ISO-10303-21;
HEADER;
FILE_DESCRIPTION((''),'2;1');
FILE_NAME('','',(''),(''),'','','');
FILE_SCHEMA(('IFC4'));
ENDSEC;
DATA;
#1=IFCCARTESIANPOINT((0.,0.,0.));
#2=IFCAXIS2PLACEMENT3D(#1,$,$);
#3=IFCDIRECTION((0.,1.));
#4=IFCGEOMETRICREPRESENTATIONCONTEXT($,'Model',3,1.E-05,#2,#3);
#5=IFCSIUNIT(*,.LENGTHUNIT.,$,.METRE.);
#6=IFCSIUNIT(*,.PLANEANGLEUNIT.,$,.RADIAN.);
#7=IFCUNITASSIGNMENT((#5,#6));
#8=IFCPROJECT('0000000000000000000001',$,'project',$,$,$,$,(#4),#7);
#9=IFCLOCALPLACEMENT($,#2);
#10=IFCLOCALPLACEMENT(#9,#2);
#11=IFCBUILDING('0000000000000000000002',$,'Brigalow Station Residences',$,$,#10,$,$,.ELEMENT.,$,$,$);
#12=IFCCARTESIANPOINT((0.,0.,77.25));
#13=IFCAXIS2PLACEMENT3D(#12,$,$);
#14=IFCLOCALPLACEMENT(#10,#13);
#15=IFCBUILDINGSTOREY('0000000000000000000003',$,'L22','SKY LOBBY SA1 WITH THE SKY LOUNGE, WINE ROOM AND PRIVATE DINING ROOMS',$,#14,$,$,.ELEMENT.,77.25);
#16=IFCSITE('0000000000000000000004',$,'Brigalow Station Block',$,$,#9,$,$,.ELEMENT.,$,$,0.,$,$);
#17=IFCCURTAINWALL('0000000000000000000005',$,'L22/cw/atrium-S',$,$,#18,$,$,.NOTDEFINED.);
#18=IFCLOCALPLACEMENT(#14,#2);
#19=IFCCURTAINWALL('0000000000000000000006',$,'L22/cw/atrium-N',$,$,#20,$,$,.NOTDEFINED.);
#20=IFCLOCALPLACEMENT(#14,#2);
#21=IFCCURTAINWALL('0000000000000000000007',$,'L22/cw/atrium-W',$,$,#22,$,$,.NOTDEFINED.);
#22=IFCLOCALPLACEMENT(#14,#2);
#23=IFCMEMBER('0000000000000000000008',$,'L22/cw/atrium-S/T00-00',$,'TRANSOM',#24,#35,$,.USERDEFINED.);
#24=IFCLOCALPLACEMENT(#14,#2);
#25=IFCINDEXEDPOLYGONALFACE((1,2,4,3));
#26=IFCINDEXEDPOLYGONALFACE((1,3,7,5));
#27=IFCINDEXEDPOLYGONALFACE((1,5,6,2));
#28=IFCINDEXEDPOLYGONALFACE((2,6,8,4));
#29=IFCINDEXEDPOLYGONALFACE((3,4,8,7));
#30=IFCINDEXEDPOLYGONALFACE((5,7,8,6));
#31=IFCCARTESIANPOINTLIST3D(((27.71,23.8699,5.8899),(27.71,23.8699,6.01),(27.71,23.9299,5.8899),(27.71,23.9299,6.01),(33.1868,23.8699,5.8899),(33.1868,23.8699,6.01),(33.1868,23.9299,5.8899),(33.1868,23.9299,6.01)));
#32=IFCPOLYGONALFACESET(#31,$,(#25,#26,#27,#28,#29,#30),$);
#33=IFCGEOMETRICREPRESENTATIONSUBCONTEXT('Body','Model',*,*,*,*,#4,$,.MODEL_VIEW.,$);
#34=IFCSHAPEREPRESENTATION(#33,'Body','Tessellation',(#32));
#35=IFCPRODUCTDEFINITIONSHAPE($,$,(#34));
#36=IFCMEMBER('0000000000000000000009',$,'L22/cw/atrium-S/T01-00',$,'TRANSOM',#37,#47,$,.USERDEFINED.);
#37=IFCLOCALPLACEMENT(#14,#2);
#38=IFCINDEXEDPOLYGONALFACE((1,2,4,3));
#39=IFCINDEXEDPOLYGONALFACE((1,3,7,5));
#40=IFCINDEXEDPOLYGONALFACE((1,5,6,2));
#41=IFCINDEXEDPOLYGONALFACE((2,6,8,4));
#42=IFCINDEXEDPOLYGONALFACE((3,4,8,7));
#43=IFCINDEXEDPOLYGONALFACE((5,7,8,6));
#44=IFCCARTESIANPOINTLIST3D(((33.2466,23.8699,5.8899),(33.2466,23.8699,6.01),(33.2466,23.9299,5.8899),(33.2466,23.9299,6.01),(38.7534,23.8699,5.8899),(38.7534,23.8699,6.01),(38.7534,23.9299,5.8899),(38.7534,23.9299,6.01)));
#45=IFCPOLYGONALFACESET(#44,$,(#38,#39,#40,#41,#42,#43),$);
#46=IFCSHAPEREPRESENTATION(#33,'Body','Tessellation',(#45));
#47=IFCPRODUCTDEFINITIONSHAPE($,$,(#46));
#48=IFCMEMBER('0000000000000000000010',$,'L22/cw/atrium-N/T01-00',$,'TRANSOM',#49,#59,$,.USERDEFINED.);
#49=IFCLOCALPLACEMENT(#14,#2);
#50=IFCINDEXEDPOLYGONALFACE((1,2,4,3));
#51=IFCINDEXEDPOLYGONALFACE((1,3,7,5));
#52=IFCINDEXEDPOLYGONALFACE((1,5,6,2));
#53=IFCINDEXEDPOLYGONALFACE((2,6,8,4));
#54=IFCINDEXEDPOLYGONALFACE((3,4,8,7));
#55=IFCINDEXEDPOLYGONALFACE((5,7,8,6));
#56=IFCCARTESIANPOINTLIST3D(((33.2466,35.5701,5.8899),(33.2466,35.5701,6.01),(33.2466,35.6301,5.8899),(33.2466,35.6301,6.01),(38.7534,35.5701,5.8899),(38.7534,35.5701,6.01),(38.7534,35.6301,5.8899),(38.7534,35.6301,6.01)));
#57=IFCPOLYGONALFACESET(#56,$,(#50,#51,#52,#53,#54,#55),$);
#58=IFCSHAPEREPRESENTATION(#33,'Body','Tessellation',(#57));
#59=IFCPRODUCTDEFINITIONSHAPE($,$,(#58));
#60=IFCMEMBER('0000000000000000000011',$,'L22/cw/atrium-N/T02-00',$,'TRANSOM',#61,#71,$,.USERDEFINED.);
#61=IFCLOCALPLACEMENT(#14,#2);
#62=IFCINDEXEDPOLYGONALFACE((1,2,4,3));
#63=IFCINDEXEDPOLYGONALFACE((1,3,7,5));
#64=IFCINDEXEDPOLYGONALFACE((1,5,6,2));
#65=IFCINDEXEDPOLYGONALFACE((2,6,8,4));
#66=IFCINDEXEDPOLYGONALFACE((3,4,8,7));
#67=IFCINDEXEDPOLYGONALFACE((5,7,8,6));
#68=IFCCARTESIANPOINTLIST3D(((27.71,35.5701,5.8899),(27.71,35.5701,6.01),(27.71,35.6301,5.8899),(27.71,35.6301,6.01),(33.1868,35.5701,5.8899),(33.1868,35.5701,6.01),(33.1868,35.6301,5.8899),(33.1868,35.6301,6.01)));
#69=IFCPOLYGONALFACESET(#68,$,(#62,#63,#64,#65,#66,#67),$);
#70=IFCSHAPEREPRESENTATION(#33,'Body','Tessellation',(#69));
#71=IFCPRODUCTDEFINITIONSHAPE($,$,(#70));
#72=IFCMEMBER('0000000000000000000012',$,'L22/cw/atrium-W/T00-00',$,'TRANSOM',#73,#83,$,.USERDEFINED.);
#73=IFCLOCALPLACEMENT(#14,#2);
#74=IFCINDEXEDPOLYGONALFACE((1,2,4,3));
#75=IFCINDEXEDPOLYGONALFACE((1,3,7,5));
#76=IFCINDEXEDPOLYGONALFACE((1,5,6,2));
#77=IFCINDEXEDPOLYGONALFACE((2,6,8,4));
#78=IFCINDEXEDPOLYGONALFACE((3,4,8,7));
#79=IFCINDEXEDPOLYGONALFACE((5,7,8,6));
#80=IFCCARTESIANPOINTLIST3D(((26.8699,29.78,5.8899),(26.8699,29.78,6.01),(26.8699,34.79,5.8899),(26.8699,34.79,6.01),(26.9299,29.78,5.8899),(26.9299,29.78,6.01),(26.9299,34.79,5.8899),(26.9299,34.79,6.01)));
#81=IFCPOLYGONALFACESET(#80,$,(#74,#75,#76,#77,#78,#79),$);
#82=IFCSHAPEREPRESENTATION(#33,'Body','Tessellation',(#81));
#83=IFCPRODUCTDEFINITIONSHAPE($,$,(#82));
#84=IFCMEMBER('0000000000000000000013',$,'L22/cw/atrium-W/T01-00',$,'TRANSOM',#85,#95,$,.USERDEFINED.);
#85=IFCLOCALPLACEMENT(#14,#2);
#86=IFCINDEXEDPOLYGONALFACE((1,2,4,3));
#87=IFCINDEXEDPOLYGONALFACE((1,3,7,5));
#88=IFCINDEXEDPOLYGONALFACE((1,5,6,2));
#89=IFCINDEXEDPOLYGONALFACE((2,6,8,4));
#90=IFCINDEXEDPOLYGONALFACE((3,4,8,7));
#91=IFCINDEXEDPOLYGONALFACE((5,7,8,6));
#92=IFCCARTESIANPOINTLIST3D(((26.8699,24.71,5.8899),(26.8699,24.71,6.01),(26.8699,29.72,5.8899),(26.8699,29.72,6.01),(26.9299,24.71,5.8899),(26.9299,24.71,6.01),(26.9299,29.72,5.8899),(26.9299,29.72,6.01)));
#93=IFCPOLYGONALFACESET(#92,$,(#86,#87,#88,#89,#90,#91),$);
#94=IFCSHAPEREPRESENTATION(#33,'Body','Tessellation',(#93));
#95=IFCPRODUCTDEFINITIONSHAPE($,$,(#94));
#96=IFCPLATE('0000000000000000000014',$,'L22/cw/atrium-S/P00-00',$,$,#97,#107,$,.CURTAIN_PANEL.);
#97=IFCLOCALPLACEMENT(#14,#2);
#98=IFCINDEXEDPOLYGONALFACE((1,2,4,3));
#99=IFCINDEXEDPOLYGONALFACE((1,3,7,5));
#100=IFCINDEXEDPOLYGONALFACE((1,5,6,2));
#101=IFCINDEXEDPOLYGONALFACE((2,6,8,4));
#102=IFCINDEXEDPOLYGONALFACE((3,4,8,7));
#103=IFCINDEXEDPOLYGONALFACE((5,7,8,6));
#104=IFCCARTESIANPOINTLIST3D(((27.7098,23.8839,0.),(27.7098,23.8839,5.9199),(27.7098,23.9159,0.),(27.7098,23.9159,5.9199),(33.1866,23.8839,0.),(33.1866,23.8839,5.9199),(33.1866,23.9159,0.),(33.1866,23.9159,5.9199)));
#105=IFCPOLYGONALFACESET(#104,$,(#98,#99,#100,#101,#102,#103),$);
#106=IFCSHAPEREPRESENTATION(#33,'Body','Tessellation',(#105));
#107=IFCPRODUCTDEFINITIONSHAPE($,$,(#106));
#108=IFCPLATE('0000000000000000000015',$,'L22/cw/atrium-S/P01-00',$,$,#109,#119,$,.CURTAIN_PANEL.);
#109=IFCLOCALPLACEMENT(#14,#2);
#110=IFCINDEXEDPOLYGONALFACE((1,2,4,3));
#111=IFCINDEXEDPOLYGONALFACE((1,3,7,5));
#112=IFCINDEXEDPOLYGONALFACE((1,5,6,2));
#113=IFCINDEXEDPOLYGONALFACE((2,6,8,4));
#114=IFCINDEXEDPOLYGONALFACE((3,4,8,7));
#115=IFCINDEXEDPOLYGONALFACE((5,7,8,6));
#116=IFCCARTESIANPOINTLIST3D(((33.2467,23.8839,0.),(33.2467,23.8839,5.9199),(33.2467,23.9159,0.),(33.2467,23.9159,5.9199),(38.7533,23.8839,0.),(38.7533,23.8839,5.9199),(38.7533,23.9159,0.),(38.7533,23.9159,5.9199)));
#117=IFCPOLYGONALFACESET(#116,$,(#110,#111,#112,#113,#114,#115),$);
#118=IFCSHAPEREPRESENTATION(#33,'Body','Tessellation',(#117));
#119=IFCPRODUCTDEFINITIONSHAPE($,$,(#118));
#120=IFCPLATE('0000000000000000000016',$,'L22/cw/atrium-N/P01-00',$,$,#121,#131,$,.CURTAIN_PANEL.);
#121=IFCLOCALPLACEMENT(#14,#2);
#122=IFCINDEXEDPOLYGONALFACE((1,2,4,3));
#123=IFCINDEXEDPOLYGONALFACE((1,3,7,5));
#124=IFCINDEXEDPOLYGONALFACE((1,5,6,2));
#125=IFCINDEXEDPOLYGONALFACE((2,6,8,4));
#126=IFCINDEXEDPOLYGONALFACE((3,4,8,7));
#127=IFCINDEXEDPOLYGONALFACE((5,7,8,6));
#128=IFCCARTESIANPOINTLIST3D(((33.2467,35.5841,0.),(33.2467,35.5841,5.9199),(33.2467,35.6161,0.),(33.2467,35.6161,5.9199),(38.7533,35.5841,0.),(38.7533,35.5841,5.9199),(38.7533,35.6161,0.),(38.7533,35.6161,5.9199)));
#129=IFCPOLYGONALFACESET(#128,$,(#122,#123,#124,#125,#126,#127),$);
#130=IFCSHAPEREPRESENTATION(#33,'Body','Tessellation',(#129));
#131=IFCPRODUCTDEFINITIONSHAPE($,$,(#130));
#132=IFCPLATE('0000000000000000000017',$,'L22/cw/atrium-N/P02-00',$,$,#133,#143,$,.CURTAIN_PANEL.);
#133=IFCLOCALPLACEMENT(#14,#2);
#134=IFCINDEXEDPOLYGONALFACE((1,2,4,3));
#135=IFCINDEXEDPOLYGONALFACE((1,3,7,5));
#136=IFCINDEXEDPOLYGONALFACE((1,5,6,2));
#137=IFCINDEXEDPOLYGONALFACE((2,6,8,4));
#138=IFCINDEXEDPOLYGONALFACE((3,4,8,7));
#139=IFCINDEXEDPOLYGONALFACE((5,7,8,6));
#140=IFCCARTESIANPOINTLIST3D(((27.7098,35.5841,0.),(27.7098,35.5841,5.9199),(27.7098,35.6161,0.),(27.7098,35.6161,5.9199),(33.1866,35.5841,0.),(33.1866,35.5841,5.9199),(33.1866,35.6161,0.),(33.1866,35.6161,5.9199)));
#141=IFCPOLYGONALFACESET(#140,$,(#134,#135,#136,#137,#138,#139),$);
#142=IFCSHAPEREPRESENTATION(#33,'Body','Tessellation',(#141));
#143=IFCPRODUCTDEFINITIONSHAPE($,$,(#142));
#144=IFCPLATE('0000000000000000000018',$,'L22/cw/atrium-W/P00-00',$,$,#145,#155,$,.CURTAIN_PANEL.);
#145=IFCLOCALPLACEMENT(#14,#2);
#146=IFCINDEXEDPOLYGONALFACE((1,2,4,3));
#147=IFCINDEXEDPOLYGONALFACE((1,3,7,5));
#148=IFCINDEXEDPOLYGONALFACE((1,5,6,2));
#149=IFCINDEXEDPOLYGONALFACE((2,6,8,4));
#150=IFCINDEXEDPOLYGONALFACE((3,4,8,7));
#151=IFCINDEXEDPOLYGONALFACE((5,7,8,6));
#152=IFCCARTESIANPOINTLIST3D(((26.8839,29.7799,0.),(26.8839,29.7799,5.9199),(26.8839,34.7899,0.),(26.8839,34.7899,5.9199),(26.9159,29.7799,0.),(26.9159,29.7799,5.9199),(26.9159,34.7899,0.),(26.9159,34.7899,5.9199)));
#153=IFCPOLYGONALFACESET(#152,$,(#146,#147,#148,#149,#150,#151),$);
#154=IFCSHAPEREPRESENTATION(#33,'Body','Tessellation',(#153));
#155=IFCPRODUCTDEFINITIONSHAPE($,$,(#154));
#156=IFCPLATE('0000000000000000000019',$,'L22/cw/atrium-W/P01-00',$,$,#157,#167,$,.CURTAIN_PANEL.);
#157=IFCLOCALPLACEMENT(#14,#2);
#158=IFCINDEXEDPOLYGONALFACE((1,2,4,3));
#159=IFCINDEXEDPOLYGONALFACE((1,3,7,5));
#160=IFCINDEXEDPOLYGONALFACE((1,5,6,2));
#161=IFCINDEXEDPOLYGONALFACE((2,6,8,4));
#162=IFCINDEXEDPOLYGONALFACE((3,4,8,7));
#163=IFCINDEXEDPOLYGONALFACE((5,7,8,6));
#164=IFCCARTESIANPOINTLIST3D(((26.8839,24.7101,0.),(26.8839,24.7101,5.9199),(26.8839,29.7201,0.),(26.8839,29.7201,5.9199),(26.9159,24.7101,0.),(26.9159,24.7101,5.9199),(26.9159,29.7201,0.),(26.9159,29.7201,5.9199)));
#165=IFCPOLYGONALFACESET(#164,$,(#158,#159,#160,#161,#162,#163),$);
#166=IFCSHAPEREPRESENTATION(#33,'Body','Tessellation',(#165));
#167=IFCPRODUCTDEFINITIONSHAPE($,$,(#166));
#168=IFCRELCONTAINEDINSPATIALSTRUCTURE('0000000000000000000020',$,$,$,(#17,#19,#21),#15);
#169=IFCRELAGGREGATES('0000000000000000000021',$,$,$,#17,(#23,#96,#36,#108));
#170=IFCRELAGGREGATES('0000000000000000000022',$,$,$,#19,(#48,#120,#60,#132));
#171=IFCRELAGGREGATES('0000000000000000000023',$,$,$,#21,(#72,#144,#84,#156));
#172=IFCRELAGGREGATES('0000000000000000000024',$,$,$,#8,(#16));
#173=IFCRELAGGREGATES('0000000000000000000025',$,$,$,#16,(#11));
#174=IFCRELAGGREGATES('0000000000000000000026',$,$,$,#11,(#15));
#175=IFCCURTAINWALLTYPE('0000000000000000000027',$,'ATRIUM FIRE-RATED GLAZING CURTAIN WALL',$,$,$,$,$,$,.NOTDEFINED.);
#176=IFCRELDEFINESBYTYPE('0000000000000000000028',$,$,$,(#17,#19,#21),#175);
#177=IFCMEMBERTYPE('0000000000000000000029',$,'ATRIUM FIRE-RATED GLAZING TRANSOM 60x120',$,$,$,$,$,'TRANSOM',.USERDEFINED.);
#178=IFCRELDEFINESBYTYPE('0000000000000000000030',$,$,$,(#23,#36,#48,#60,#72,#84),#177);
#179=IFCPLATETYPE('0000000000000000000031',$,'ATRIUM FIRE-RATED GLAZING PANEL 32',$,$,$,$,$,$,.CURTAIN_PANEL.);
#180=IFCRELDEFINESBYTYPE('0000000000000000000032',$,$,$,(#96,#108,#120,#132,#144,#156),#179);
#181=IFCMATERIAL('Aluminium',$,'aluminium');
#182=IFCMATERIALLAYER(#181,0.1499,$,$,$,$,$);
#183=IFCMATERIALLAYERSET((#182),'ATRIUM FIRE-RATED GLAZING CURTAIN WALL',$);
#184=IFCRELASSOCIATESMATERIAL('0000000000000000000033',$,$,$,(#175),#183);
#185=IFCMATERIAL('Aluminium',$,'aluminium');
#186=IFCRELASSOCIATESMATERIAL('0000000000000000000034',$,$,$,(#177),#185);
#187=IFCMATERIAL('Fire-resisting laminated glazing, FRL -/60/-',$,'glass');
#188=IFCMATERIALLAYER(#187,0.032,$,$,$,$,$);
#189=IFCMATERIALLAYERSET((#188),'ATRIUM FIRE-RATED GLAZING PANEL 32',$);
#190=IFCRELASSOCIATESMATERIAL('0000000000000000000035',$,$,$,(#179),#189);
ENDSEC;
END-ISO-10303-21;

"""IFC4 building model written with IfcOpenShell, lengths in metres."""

from ifc_helpers import new_model, si_unit, direction, frame, origin, origin_2d, place, context, subcontext, project, spatial, rectangle, extrude, material, layer, layer_set, material_profile, profile_set, type_object, element, aggregate, save


model = new_model("IFC4")

# Units and contexts
model_context = context("Model", 3, precision=1e-05, world=origin(), true_north=direction((0.0, 1.0)))
body_context = subcontext(model_context, "Body", "Model", "MODEL_VIEW")
ifc_project = project(units=[si_unit("LENGTHUNIT", "METRE"), si_unit("PLANEANGLEUNIT", "RADIAN")], contexts=[model_context])

# Site, building, storey
site_placement = place(None, origin())
site = spatial("IfcSite", under=ifc_project, at=site_placement, Name="Brigalow Station Block", CompositionType="ELEMENT", RefElevation=0.0)
building_placement = place(site_placement, origin())
building = spatial("IfcBuilding", under=site, at=building_placement, Name="Brigalow Station Residences", CompositionType="ELEMENT")
storey_placement = place(building_placement, frame((0.0, 0.0, 77.25)))
storey = spatial("IfcBuildingStorey", under=building, at=storey_placement, Name="L22", Description="SKY LOBBY SA1 WITH THE SKY LOUNGE, WINE ROOM AND PRIVATE DINING ROOMS", CompositionType="ELEMENT", Elevation=77.25)

# Curtain walls
ifc_material_1 = material(Name="Aluminium", Category="aluminium")
ifc_layer_1 = layer(ifc_material_1, 0.1499)
ifc_layer_set_1 = layer_set([ifc_layer_1], Name="ATRIUM FIRE-RATED GLAZING CURTAIN WALL")
curtain_wall_type = type_object("IfcCurtainWallType", Name="ATRIUM FIRE-RATED GLAZING CURTAIN WALL", PredefinedType="NOTDEFINED", material=ifc_layer_set_1)
curtain_wall_1_placement = place(storey_placement, origin())
curtain_wall_1 = element("IfcCurtainWall", 1, at=curtain_wall_1_placement, inside=storey, type_object=curtain_wall_type, Name="L22/cw/atrium-S", PredefinedType="NOTDEFINED")
curtain_wall_2_placement = place(storey_placement, origin())
curtain_wall_2 = element("IfcCurtainWall", 2, at=curtain_wall_2_placement, inside=storey, type_object=curtain_wall_type, Name="L22/cw/atrium-N", PredefinedType="NOTDEFINED")
curtain_wall_3_placement = place(storey_placement, origin())
curtain_wall_3 = element("IfcCurtainWall", 3, at=curtain_wall_3_placement, inside=storey, type_object=curtain_wall_type, Name="L22/cw/atrium-W", PredefinedType="NOTDEFINED")

# Members
ifc_material_2 = material(Name="Aluminium", Category="aluminium")
ifc_material_profile_1 = material_profile(ifc_material_2, rectangle(XDim=0.0601, YDim=0.1201, at=origin_2d()), Name="ATRIUM FIRE-RATED GLAZING TRANSOM 60x120")
ifc_profile_set_1 = profile_set([ifc_material_profile_1], Name="Aluminium")
member_type_1 = type_object("IfcMemberType", Name="ATRIUM FIRE-RATED GLAZING TRANSOM 60x120", ElementType="TRANSOM", PredefinedType="USERDEFINED", material=ifc_profile_set_1)
member_1_placement = place(storey_placement, frame((27.71, 23.8999, 5.95), z_axis=(1.0, 0.0, 0.0), x_axis=(0.0, 1.0, 0.0)))
member_1 = element("IfcMember", 4, at=member_1_placement, type_object=member_type_1, Name="L22/cw/atrium-S/T00-00", ObjectType="TRANSOM", PredefinedType="USERDEFINED", context=body_context, shape_type="SweptSolid", body=[
    extrude(rectangle(XDim=0.0601, YDim=0.1201, at=origin_2d()), origin(), (0.0, 0.0, 1.0), 5.4768),
])
member_2_placement = place(storey_placement, frame((33.2466, 23.8999, 5.95), z_axis=(1.0, 0.0, 0.0), x_axis=(0.0, 1.0, 0.0)))
member_2 = element("IfcMember", 5, at=member_2_placement, type_object=member_type_1, Name="L22/cw/atrium-S/T01-00", ObjectType="TRANSOM", PredefinedType="USERDEFINED", context=body_context, shape_type="SweptSolid", body=[
    extrude(rectangle(XDim=0.0601, YDim=0.1201, at=origin_2d()), origin(), (0.0, 0.0, 1.0), 5.5068),
])
member_3_placement = place(storey_placement, frame((38.7534, 35.6001, 5.95), z_axis=(-1.0, 0.0, 0.0), x_axis=(0.0, -1.0, 0.0)))
member_3 = element("IfcMember", 6, at=member_3_placement, type_object=member_type_1, Name="L22/cw/atrium-N/T01-00", ObjectType="TRANSOM", PredefinedType="USERDEFINED", context=body_context, shape_type="SweptSolid", body=[
    extrude(rectangle(XDim=0.0601, YDim=0.1201, at=origin_2d()), origin(), (0.0, 0.0, 1.0), 5.5068),
])
member_4_placement = place(storey_placement, frame((33.1868, 35.6001, 5.95), z_axis=(-1.0, 0.0, 0.0), x_axis=(0.0, -1.0, 0.0)))
member_4 = element("IfcMember", 7, at=member_4_placement, type_object=member_type_1, Name="L22/cw/atrium-N/T02-00", ObjectType="TRANSOM", PredefinedType="USERDEFINED", context=body_context, shape_type="SweptSolid", body=[
    extrude(rectangle(XDim=0.0601, YDim=0.1201, at=origin_2d()), origin(), (0.0, 0.0, 1.0), 5.4768),
])
member_5_placement = place(storey_placement, frame((26.8999, 34.79, 5.95), z_axis=(0.0, -1.0, 0.0), x_axis=(1.0, 0.0, 0.0)))
member_5 = element("IfcMember", 8, at=member_5_placement, type_object=member_type_1, Name="L22/cw/atrium-W/T00-00", ObjectType="TRANSOM", PredefinedType="USERDEFINED", context=body_context, shape_type="SweptSolid", body=[
    extrude(rectangle(XDim=0.0601, YDim=0.1201, at=origin_2d()), origin(), (0.0, 0.0, 1.0), 5.01),
])
member_6_placement = place(storey_placement, frame((26.8999, 29.72, 5.95), z_axis=(0.0, -1.0, 0.0), x_axis=(1.0, 0.0, 0.0)))
member_6 = element("IfcMember", 9, at=member_6_placement, type_object=member_type_1, Name="L22/cw/atrium-W/T01-00", ObjectType="TRANSOM", PredefinedType="USERDEFINED", context=body_context, shape_type="SweptSolid", body=[
    extrude(rectangle(XDim=0.0601, YDim=0.1201, at=origin_2d()), origin(), (0.0, 0.0, 1.0), 5.01),
])

# Plates
ifc_material_3 = material(Name="Fire-resisting laminated glazing, FRL -/60/-", Category="glass")
ifc_layer_2 = layer(ifc_material_3, 0.032)
ifc_layer_set_2 = layer_set([ifc_layer_2], Name="ATRIUM FIRE-RATED GLAZING PANEL 32")
plate_type = type_object("IfcPlateType", Name="ATRIUM FIRE-RATED GLAZING PANEL 32", PredefinedType="CURTAIN_PANEL", material=ifc_layer_set_2)
plate_1_placement = place(storey_placement, frame((30.4482, 23.8999, 0.0), z_axis=(0.0, 0.0, 1.0), x_axis=(1.0, 0.0, 0.0)))
plate_1 = element("IfcPlate", 10, at=plate_1_placement, type_object=plate_type, Name="L22/cw/atrium-S/P00-00", PredefinedType="CURTAIN_PANEL", context=body_context, shape_type="SweptSolid", body=[
    extrude(rectangle(XDim=5.4768, YDim=0.032, at=origin_2d()), origin(), (0.0, 0.0, 1.0), 5.9199),
])
plate_2_placement = place(storey_placement, frame((36.0, 23.8999, 0.0), z_axis=(0.0, 0.0, 1.0), x_axis=(1.0, 0.0, 0.0)))
plate_2 = element("IfcPlate", 11, at=plate_2_placement, type_object=plate_type, Name="L22/cw/atrium-S/P01-00", PredefinedType="CURTAIN_PANEL", context=body_context, shape_type="SweptSolid", body=[
    extrude(rectangle(XDim=5.5066, YDim=0.032, at=origin_2d()), origin(), (0.0, 0.0, 1.0), 5.9199),
])
aggregate(curtain_wall_1, [member_1, plate_1, member_2, plate_2])
plate_3_placement = place(storey_placement, frame((36.0, 35.6001, 0.0), z_axis=(0.0, 0.0, 1.0), x_axis=(-1.0, 0.0, 0.0)))
plate_3 = element("IfcPlate", 12, at=plate_3_placement, type_object=plate_type, Name="L22/cw/atrium-N/P01-00", PredefinedType="CURTAIN_PANEL", context=body_context, shape_type="SweptSolid", body=[
    extrude(rectangle(XDim=5.5066, YDim=0.032, at=origin_2d()), origin(), (0.0, 0.0, 1.0), 5.9199),
])
plate_4_placement = place(storey_placement, frame((30.4482, 35.6001, 0.0), z_axis=(0.0, 0.0, 1.0), x_axis=(-1.0, 0.0, 0.0)))
plate_4 = element("IfcPlate", 13, at=plate_4_placement, type_object=plate_type, Name="L22/cw/atrium-N/P02-00", PredefinedType="CURTAIN_PANEL", context=body_context, shape_type="SweptSolid", body=[
    extrude(rectangle(XDim=5.4768, YDim=0.032, at=origin_2d()), origin(), (0.0, 0.0, 1.0), 5.9199),
])
aggregate(curtain_wall_2, [member_3, plate_3, member_4, plate_4])
plate_5_placement = place(storey_placement, frame((26.8999, 32.2849, 0.0), z_axis=(0.0, 0.0, 1.0), x_axis=(0.0, -1.0, 0.0)))
plate_5 = element("IfcPlate", 14, at=plate_5_placement, type_object=plate_type, Name="L22/cw/atrium-W/P00-00", PredefinedType="CURTAIN_PANEL", context=body_context, shape_type="SweptSolid", body=[
    extrude(rectangle(XDim=5.01, YDim=0.032, at=origin_2d()), origin(), (0.0, 0.0, 1.0), 5.9199),
])
plate_6_placement = place(storey_placement, frame((26.8999, 27.2151, 0.0), z_axis=(0.0, 0.0, 1.0), x_axis=(0.0, -1.0, 0.0)))
plate_6 = element("IfcPlate", 15, at=plate_6_placement, type_object=plate_type, Name="L22/cw/atrium-W/P01-00", PredefinedType="CURTAIN_PANEL", context=body_context, shape_type="SweptSolid", body=[
    extrude(rectangle(XDim=5.01, YDim=0.032, at=origin_2d()), origin(), (0.0, 0.0, 1.0), 5.9199),
])
aggregate(curtain_wall_3, [member_5, plate_5, member_6, plate_6])

save(model, "model.ifc")
